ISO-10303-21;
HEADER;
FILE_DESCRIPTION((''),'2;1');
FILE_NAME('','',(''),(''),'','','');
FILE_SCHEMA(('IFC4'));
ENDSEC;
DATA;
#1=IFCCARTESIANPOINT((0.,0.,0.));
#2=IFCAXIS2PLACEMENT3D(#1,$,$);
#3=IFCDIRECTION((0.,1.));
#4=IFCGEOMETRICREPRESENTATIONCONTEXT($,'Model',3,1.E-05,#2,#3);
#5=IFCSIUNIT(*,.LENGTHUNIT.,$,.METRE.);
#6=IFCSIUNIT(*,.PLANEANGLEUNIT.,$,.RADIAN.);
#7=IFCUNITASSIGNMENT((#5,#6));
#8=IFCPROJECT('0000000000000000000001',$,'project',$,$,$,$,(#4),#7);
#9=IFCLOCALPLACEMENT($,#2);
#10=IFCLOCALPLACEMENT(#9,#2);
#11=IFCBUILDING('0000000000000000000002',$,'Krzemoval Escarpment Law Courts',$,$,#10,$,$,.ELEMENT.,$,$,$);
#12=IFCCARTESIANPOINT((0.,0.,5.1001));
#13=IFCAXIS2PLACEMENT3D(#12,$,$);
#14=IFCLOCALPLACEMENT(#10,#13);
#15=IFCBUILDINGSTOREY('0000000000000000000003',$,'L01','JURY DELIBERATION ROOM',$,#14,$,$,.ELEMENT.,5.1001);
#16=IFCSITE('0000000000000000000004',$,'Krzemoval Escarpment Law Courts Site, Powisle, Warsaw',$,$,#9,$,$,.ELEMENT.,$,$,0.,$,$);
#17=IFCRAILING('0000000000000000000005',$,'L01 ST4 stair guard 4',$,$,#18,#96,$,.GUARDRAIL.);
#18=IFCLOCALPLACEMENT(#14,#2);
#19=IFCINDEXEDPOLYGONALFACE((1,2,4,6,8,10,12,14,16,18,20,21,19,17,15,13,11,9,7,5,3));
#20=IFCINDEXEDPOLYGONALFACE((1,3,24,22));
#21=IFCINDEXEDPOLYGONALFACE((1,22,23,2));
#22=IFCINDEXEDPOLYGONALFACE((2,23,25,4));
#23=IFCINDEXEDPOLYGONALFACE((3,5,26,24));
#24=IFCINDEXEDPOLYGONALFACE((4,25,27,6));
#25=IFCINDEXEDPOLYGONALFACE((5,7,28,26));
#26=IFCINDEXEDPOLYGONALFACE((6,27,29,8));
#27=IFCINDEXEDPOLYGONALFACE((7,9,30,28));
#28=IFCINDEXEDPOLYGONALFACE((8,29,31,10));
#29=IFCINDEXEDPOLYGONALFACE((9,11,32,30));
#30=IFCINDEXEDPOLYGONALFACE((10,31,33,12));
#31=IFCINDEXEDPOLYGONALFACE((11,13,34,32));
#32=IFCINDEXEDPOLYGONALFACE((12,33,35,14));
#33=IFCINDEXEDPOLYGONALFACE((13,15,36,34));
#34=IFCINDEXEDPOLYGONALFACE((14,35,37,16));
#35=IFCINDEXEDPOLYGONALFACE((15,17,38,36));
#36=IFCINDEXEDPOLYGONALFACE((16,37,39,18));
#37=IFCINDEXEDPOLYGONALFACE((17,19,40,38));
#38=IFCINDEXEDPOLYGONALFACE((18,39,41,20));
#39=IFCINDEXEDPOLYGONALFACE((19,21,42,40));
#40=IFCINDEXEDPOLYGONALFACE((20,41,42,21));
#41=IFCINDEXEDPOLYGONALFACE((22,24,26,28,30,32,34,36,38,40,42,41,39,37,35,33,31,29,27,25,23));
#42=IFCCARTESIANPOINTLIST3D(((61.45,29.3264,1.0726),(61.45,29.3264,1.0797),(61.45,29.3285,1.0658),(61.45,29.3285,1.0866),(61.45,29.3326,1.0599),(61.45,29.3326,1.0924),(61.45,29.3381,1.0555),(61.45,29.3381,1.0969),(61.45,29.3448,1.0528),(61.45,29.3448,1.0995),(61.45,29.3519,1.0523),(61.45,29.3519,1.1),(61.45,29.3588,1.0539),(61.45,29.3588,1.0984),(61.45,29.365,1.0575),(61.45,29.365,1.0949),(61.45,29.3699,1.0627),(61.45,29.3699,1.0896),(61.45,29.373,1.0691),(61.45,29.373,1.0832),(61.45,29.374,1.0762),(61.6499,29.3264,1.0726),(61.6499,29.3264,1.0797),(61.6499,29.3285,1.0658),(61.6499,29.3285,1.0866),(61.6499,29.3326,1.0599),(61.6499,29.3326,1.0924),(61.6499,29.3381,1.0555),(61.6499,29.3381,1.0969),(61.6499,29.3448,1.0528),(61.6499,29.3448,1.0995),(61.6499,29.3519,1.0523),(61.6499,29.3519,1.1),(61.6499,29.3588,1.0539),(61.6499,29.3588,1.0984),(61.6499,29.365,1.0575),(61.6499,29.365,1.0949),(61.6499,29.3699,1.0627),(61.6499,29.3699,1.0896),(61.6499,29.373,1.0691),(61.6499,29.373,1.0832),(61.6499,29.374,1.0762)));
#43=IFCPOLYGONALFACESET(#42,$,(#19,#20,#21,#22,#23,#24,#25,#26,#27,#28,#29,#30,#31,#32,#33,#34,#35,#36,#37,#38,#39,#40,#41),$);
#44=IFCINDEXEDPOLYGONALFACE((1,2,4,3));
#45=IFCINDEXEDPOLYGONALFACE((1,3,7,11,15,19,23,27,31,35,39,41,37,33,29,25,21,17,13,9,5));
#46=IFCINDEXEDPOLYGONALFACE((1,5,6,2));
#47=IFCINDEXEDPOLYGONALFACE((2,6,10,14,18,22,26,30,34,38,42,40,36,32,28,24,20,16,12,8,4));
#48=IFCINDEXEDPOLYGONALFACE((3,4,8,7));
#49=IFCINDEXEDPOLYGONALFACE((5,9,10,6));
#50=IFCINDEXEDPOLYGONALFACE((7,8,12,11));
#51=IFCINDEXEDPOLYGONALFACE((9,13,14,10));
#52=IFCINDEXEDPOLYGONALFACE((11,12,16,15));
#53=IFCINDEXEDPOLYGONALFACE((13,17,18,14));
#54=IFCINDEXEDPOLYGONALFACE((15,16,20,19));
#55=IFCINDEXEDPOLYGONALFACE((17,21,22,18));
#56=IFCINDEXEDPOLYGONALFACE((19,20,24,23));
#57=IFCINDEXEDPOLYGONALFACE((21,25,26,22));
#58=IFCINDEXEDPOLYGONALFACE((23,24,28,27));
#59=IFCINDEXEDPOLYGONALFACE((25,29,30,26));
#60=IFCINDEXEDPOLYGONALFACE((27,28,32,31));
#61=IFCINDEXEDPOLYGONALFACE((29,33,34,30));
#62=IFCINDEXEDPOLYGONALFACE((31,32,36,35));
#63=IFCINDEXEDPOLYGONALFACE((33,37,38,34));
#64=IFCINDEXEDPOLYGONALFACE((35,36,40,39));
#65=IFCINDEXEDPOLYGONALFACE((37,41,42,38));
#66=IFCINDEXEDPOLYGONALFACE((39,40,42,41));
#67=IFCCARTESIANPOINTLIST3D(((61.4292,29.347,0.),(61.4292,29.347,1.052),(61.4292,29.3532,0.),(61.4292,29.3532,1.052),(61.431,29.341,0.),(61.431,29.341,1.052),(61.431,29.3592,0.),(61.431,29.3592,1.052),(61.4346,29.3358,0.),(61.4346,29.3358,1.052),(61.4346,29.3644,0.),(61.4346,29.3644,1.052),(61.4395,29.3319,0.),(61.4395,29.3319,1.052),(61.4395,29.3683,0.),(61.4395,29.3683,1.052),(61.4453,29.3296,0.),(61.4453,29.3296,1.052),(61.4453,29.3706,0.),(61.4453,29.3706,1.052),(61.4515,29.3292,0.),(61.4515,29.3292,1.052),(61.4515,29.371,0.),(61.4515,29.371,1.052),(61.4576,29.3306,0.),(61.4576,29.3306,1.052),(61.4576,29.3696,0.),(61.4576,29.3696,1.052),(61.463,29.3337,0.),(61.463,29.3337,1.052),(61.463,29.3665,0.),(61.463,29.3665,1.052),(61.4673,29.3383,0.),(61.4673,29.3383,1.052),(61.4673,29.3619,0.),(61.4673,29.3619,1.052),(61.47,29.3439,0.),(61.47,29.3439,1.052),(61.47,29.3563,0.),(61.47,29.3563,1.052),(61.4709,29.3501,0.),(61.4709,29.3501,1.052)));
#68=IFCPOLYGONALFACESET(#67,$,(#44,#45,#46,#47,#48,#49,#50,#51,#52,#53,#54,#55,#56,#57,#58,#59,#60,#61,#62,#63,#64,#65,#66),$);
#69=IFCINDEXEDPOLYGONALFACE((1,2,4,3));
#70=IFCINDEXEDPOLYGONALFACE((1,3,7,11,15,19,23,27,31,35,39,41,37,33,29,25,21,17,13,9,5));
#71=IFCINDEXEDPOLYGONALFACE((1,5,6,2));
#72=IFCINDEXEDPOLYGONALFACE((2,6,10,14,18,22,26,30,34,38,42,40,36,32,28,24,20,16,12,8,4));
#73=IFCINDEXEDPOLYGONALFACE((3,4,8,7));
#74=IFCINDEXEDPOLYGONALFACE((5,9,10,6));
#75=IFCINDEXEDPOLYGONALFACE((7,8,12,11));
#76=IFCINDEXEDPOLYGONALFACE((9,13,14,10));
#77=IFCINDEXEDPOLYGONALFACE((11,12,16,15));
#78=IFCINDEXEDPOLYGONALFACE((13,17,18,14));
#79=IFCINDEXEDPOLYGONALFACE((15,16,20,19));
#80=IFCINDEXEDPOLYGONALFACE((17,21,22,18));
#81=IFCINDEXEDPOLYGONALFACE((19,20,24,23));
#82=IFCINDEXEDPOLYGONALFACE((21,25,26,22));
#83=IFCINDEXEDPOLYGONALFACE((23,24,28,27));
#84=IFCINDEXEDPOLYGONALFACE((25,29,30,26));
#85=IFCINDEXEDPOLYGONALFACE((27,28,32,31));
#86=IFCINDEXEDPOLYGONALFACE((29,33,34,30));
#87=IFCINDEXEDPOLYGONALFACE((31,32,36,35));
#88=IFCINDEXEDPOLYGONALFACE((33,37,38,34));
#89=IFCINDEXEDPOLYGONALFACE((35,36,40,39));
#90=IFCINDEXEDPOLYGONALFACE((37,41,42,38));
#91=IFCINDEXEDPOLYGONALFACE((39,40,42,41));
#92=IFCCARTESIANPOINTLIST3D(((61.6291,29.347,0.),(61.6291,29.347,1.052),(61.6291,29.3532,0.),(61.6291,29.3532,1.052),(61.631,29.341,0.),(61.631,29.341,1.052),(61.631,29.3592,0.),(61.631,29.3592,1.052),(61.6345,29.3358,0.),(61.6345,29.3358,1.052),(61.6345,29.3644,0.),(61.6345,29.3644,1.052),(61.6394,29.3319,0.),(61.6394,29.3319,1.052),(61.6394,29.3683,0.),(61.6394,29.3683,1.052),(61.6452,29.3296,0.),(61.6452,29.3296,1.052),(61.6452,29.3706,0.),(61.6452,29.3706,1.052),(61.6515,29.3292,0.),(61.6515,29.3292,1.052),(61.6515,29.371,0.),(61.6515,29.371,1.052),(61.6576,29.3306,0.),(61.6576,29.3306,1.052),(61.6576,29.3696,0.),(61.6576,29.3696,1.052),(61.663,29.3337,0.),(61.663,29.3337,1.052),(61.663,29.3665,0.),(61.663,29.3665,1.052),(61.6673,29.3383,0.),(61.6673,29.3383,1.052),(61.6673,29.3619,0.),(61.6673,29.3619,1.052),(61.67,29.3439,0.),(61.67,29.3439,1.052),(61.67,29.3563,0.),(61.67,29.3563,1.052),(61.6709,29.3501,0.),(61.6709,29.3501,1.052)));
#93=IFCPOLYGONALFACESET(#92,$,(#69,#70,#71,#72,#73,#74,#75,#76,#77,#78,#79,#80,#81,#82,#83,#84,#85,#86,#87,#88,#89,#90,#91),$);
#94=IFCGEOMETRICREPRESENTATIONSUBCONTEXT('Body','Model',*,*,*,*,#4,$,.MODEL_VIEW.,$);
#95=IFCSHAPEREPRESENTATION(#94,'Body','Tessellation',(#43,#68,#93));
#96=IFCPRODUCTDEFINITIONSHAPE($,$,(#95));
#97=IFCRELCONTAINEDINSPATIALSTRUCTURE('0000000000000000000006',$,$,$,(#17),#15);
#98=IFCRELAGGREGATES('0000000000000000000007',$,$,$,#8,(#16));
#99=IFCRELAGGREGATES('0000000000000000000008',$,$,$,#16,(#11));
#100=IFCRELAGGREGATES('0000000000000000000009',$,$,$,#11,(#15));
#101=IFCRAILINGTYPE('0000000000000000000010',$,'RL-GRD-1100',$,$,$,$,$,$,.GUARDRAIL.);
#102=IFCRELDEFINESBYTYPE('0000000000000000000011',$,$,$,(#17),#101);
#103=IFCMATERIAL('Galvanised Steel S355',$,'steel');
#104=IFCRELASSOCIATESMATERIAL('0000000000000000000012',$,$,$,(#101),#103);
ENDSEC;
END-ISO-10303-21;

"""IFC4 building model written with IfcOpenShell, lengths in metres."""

from ifc_helpers import new_model, si_unit, direction, frame, origin, origin_2d, place, context, subcontext, project, spatial, circle, extrude, material, type_object, element, save


model = new_model("IFC4")

# Units and contexts
model_context = context("Model", 3, precision=1e-05, world=origin(), true_north=direction((0.0, 1.0)))
body_context = subcontext(model_context, "Body", "Model", "MODEL_VIEW")
ifc_project = project(units=[si_unit("LENGTHUNIT", "METRE"), si_unit("PLANEANGLEUNIT", "RADIAN")], contexts=[model_context])

# Site, building, storey
site_placement = place(None, origin())
site = spatial("IfcSite", under=ifc_project, at=site_placement, Name="Krzemoval Escarpment Law Courts Site, Powisle, Warsaw", CompositionType="ELEMENT", RefElevation=0.0)
building_placement = place(site_placement, origin())
building = spatial("IfcBuilding", under=site, at=building_placement, Name="Krzemoval Escarpment Law Courts", CompositionType="ELEMENT")
storey_placement = place(building_placement, frame((0.0, 0.0, 5.1001)))
storey = spatial("IfcBuildingStorey", under=building, at=storey_placement, Name="L01", Description="JURY DELIBERATION ROOM", CompositionType="ELEMENT", Elevation=5.1001)

# Railing
ifc_material_1 = material(Name="Galvanised Steel S355", Category="steel")
railing_type_1 = type_object("IfcRailingType", Name="RL-GRD-1100", PredefinedType="GUARDRAIL", material=ifc_material_1)
railing_1_placement = place(storey_placement, frame((61.45, 29.3501, 0.0)))
element("IfcRailing", 1, at=railing_1_placement, inside=storey, type_object=railing_type_1, Name="L01 ST4 stair guard 4", PredefinedType="GUARDRAIL", context=body_context, shape_type="SweptSolid", body=[
    extrude(circle(Radius=0.0239, at=origin_2d()), frame((0.0, 0.0, 1.0762), z_axis=(1.0, 0.0, 0.0), x_axis=(0.0, 1.0, 0.0)), (0.0, 0.0, 1.0), 0.2),
    extrude(circle(Radius=0.021, at=origin_2d()), origin(), (0.0, 0.0, 1.0), 1.052),
    extrude(circle(Radius=0.021, at=origin_2d()), frame((0.2, 0.0, 0.0)), (0.0, 0.0, 1.0), 1.052),
])

save(model, "model.ifc")
